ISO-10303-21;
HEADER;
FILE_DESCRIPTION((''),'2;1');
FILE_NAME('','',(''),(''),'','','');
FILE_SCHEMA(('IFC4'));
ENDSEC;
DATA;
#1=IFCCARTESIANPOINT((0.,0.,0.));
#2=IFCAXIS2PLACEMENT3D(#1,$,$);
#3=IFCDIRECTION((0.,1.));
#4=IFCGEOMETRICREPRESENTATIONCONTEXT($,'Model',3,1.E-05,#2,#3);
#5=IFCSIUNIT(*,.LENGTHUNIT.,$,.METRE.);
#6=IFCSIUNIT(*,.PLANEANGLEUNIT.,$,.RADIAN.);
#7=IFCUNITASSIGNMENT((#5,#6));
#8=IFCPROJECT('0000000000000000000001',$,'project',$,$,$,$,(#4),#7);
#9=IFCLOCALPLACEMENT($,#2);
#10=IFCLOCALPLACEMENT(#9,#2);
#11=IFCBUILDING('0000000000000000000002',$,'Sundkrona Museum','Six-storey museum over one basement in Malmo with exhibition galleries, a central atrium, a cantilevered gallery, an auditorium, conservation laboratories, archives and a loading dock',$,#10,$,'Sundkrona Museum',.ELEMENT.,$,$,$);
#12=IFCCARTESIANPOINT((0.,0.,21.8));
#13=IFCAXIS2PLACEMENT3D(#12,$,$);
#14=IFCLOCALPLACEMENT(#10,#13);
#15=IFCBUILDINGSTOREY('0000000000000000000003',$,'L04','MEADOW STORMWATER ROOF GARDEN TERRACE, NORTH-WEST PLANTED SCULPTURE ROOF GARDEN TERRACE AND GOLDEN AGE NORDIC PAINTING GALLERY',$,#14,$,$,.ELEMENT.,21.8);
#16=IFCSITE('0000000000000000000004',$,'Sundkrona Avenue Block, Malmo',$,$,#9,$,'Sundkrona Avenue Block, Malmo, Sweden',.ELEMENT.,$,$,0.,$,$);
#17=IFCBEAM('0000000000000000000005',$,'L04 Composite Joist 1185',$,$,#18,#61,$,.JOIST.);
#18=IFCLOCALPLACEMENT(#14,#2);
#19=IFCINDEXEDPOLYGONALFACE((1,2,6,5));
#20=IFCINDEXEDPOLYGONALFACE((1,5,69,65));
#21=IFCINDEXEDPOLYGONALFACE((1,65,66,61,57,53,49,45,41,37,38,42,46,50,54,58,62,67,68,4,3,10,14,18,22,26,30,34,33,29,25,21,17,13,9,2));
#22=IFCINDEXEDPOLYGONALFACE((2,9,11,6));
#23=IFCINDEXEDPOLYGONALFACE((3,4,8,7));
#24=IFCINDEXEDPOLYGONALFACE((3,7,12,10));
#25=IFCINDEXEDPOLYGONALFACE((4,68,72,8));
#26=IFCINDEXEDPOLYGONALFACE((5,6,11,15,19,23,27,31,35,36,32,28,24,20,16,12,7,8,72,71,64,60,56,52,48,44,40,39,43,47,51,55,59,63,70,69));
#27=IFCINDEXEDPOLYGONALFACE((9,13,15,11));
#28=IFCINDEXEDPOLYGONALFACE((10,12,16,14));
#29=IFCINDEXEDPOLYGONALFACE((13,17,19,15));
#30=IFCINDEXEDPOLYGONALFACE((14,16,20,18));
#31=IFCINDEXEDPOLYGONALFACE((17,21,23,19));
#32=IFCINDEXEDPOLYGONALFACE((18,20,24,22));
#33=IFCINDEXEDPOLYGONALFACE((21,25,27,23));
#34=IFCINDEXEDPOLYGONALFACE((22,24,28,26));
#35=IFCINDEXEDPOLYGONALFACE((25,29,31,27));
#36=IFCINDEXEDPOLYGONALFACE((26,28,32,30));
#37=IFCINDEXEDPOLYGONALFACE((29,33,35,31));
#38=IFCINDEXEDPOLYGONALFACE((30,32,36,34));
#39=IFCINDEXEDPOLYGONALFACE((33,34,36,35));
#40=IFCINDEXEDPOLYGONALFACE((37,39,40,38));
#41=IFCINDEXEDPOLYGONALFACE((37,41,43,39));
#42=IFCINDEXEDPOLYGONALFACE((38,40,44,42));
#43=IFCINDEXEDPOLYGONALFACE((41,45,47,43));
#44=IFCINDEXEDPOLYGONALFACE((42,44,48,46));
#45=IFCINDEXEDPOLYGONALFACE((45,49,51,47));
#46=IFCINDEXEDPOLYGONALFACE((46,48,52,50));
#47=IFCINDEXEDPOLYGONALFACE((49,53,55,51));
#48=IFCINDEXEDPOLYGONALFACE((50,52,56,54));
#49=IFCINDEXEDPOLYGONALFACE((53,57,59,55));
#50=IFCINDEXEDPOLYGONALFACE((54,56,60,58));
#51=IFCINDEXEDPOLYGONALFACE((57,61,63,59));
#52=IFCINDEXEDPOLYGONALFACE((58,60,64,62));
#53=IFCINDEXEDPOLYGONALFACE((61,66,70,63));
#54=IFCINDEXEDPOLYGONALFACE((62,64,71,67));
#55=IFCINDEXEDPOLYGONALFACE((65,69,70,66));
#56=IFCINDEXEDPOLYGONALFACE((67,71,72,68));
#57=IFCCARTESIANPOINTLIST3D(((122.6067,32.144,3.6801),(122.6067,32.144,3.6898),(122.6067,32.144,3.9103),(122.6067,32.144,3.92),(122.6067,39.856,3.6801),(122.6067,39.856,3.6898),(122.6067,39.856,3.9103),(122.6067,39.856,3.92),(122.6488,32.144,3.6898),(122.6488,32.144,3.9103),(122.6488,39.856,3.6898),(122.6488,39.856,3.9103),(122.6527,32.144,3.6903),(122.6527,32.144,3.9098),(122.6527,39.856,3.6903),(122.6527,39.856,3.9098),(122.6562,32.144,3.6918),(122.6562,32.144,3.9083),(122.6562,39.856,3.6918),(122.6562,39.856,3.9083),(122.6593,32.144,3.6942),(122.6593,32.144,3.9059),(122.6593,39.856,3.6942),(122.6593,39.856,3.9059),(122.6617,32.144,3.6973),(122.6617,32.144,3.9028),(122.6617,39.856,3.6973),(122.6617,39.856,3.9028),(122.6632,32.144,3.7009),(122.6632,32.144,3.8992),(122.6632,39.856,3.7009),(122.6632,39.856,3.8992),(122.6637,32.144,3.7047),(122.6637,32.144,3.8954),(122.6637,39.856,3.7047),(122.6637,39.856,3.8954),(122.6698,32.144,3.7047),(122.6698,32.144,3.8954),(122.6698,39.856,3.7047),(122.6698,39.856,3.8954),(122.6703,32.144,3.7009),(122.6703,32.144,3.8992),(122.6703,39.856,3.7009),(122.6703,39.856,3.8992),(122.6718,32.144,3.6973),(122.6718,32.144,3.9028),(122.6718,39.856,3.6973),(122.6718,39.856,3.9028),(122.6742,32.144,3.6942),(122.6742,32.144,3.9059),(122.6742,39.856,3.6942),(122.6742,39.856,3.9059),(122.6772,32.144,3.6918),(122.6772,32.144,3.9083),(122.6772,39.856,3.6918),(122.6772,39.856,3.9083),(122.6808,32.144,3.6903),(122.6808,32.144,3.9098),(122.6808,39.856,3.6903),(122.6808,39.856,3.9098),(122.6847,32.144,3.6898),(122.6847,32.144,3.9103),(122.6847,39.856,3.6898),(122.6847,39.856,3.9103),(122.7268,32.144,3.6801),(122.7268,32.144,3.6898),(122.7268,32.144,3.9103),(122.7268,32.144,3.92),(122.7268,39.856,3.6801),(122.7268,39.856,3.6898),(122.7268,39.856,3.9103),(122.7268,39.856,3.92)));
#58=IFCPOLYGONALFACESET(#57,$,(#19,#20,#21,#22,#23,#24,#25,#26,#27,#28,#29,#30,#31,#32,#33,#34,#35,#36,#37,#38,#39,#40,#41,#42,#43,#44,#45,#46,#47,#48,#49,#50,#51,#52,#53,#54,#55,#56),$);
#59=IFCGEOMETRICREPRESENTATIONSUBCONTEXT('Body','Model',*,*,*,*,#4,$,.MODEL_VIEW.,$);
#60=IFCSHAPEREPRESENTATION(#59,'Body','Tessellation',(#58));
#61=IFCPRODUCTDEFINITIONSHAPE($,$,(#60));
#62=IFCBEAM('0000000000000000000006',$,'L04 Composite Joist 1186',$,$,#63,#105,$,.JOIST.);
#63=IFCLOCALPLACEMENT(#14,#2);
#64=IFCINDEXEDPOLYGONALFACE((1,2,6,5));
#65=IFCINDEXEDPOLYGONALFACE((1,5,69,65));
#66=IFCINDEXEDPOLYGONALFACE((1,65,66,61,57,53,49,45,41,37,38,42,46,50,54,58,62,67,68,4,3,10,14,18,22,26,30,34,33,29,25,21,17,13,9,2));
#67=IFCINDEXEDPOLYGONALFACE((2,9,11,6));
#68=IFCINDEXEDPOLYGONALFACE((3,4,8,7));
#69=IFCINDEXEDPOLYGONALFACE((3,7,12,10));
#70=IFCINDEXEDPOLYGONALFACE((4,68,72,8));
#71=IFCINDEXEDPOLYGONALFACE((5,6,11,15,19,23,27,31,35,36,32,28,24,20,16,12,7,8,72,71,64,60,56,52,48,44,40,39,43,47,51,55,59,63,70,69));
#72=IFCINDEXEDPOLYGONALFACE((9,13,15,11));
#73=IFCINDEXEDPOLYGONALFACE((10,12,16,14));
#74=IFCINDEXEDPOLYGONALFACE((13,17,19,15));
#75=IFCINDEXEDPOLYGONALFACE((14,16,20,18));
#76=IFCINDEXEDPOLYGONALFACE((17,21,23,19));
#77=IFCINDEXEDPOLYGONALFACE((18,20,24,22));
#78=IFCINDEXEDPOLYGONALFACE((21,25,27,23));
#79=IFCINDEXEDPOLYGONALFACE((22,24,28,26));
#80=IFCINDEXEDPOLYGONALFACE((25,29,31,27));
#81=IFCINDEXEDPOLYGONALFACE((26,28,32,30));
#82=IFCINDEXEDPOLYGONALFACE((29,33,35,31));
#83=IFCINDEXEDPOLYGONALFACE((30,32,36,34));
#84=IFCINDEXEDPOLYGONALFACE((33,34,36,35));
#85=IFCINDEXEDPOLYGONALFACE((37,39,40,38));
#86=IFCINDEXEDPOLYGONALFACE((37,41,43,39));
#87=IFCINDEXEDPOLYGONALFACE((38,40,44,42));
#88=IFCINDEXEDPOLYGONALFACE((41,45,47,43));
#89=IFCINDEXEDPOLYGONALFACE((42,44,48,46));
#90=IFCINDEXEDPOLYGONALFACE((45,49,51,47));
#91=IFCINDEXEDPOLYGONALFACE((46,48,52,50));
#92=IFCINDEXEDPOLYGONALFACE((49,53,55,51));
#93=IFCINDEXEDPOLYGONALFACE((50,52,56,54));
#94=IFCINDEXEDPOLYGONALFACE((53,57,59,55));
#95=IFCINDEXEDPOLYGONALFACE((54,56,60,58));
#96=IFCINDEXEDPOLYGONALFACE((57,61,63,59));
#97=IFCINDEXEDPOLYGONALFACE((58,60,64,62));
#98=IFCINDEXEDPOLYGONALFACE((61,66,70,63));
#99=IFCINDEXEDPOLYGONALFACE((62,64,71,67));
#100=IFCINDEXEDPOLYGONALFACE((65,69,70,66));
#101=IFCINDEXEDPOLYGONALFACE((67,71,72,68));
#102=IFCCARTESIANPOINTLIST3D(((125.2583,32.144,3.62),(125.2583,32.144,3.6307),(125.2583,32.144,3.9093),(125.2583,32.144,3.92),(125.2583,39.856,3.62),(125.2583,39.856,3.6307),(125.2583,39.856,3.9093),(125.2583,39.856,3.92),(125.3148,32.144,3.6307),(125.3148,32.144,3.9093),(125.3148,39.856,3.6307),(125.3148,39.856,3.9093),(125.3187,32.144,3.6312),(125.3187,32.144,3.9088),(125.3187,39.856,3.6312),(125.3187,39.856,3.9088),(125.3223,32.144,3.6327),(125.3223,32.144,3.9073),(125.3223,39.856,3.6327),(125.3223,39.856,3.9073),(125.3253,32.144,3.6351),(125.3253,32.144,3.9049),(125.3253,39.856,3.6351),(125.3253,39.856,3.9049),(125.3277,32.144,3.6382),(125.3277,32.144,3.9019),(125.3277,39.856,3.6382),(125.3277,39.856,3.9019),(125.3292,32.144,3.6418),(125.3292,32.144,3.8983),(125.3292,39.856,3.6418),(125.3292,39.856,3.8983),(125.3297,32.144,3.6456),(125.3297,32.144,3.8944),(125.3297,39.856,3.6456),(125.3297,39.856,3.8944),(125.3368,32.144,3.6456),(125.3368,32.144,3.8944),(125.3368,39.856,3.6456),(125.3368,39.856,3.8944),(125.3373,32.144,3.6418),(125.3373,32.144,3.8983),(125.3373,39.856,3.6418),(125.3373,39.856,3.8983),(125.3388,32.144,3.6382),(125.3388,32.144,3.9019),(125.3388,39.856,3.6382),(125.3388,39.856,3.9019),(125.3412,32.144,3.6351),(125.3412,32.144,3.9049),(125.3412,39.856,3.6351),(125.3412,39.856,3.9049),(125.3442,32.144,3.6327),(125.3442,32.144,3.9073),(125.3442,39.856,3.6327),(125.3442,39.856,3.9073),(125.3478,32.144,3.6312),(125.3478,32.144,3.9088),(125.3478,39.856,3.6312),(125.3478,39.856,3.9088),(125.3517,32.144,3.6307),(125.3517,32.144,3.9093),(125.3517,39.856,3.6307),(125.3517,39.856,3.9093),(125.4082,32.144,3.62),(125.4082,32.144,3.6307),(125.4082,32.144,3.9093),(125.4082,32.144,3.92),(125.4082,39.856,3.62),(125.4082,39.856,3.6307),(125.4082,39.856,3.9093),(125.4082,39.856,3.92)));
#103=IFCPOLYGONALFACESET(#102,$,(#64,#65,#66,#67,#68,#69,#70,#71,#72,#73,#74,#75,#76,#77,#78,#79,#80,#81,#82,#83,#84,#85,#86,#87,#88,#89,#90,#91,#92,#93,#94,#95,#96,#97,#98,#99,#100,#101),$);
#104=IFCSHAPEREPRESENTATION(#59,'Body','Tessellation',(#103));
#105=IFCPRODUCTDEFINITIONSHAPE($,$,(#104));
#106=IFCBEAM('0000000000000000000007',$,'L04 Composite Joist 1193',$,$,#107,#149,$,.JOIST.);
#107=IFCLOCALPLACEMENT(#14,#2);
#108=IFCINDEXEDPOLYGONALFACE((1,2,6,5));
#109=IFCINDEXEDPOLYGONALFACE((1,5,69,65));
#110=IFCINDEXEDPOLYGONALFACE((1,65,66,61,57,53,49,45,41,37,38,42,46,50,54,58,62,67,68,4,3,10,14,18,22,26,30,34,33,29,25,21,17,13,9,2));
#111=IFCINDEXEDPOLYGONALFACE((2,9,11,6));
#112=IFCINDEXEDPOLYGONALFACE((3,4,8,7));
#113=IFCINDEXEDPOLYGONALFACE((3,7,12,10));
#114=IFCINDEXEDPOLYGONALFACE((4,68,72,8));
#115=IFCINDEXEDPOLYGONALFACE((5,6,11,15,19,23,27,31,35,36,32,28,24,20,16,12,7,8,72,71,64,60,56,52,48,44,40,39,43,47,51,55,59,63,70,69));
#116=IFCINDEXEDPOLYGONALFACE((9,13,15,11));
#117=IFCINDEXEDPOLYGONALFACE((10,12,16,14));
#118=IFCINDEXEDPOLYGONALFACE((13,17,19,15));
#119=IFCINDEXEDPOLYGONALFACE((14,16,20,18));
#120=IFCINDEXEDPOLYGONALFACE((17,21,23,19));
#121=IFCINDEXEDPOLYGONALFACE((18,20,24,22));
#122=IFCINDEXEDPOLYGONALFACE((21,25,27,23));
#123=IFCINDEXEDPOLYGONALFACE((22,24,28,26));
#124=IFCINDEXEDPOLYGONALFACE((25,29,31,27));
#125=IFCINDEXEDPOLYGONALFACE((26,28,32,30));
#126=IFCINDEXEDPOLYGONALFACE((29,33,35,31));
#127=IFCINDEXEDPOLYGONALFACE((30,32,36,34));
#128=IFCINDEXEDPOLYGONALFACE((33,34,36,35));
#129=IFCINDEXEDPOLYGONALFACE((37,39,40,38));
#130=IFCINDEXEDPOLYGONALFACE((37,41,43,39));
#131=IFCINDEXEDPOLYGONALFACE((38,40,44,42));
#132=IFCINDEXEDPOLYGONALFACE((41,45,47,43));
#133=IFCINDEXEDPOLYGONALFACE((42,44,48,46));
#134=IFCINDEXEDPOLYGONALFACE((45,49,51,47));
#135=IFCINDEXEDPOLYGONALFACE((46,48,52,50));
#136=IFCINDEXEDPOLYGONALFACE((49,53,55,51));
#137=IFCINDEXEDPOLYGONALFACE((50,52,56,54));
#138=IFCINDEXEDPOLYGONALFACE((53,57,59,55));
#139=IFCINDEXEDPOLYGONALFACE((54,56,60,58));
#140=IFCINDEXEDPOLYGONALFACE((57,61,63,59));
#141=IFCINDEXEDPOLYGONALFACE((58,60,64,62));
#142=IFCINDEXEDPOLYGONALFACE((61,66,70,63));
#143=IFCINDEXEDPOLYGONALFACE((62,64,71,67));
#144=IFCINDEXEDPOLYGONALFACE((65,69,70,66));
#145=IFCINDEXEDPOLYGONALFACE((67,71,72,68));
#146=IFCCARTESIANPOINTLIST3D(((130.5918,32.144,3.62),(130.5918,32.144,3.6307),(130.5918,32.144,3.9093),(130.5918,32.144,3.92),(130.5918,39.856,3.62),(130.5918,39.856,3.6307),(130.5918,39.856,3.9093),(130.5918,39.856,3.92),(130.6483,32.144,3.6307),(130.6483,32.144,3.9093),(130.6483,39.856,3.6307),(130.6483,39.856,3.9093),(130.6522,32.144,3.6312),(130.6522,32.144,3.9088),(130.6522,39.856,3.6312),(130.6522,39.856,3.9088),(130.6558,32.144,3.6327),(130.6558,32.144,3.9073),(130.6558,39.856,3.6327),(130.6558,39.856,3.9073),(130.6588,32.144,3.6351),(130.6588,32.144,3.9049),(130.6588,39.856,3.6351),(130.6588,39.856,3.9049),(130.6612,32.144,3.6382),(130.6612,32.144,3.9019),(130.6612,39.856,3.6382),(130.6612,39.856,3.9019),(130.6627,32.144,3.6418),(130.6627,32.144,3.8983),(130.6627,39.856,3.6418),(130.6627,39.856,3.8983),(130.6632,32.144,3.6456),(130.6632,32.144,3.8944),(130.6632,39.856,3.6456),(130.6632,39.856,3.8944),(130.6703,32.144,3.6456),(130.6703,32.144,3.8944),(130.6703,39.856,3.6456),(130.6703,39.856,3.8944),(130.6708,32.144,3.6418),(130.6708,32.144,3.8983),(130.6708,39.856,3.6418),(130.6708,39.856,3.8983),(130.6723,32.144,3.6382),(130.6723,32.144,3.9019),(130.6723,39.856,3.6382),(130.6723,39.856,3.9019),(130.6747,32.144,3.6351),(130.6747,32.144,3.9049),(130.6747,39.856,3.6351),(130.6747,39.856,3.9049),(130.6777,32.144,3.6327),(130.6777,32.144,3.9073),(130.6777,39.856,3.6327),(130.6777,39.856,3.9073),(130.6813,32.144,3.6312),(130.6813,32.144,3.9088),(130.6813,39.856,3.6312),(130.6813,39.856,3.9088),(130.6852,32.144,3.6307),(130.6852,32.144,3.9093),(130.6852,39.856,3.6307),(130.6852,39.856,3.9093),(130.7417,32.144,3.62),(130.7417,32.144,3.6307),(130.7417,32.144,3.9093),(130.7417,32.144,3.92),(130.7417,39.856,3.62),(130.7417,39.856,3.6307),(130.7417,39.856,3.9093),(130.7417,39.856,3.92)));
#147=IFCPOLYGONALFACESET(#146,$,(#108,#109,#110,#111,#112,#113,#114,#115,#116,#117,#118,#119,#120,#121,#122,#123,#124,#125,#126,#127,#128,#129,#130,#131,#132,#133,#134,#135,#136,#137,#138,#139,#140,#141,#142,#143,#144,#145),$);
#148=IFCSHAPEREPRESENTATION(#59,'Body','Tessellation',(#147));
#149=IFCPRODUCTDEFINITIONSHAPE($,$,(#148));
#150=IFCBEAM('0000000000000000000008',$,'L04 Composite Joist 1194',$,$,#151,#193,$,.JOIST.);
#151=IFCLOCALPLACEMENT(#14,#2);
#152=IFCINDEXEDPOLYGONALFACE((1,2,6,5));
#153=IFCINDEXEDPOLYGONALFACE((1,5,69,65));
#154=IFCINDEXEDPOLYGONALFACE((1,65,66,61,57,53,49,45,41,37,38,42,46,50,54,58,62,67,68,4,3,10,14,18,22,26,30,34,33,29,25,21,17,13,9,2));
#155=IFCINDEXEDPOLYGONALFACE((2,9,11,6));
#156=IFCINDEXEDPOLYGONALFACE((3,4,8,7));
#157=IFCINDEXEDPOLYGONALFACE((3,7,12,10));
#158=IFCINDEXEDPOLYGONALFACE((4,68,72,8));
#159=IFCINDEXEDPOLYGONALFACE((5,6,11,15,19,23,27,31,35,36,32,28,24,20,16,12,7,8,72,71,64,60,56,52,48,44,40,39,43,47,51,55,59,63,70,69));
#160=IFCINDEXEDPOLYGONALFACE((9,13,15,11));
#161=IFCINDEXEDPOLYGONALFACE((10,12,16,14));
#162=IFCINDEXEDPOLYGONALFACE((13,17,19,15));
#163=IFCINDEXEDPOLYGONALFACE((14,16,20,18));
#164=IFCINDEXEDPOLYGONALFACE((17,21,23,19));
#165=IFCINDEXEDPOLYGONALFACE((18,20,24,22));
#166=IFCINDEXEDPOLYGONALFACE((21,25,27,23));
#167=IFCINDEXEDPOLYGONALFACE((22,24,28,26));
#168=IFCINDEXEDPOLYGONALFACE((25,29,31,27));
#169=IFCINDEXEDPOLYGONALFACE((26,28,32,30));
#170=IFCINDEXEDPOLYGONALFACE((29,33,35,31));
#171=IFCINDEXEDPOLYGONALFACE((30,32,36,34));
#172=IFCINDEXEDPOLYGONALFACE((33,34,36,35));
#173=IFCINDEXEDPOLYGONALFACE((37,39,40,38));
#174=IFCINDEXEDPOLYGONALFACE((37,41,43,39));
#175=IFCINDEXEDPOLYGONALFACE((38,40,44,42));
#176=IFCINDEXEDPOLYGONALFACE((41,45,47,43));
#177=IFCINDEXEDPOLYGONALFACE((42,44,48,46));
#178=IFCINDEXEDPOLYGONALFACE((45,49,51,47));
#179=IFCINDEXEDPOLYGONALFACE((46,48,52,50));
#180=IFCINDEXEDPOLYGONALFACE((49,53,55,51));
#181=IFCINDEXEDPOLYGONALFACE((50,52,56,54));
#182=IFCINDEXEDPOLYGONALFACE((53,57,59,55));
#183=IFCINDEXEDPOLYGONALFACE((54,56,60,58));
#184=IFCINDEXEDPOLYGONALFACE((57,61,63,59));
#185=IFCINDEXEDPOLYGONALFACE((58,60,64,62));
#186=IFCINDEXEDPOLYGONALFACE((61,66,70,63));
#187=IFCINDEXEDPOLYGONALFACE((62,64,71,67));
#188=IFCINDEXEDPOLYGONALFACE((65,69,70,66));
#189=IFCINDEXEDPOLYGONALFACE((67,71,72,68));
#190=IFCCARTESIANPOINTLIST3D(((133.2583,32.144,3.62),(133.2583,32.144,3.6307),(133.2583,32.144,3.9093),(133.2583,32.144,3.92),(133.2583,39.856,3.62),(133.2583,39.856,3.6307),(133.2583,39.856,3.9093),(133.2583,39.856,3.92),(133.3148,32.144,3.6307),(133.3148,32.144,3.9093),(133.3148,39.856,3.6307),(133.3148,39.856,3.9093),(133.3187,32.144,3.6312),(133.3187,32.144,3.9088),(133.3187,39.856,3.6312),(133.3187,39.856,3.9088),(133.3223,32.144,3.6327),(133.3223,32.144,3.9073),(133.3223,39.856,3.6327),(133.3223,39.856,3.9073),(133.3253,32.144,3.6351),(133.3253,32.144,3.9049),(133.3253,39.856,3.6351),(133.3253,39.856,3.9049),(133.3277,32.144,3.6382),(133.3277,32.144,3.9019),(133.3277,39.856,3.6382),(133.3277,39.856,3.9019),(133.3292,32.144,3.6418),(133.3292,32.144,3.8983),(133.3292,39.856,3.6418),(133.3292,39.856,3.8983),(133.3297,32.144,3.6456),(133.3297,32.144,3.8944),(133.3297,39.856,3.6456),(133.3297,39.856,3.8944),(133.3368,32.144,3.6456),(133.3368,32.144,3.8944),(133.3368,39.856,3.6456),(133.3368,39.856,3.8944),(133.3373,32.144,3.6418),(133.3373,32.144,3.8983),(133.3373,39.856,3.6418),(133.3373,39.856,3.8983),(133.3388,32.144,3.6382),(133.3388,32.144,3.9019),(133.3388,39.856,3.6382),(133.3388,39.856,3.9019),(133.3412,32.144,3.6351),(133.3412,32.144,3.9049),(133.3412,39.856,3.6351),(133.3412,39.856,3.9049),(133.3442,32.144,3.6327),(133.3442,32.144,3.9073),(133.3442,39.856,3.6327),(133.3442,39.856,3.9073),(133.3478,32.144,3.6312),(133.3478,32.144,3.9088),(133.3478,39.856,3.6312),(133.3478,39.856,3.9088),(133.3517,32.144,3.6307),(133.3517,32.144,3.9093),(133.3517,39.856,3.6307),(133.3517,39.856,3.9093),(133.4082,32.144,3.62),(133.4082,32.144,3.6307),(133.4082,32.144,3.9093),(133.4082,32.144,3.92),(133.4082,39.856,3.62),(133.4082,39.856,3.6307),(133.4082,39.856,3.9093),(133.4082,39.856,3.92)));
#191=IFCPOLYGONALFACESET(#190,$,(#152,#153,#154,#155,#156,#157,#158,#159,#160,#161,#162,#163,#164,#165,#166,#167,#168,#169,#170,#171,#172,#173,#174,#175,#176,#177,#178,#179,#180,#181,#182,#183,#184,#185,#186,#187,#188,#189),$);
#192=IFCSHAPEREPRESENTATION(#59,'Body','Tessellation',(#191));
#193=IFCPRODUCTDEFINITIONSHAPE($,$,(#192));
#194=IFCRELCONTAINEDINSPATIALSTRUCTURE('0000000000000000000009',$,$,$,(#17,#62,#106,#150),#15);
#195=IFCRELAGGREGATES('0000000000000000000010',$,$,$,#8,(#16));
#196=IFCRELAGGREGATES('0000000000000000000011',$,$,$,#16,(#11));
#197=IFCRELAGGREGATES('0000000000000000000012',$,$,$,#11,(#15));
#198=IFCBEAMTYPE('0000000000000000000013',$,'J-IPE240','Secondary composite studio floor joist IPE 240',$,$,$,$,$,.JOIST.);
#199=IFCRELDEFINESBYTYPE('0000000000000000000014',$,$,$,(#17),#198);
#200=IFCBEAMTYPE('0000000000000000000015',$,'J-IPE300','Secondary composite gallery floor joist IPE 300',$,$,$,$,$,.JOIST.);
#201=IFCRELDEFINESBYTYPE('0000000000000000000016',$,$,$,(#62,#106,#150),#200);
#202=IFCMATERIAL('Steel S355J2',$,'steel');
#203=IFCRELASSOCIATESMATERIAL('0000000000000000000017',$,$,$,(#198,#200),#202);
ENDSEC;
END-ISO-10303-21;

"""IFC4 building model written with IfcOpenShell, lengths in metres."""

from ifc_helpers import new_model, si_unit, direction, frame, origin, origin_2d, place, context, subcontext, project, spatial, i_section, extrude, material, material_profile, profile_set, type_object, element, save


model = new_model("IFC4")

# Units and contexts
model_context = context("Model", 3, precision=1e-05, world=origin(), true_north=direction((0.0, 1.0)))
body_context = subcontext(model_context, "Body", "Model", "MODEL_VIEW")
ifc_project = project(units=[si_unit("LENGTHUNIT", "METRE"), si_unit("PLANEANGLEUNIT", "RADIAN")], contexts=[model_context])

# Site, building, storey
site_placement = place(None, origin())
site = spatial("IfcSite", under=ifc_project, at=site_placement, Name="Sundkrona Avenue Block, Malmo", LongName="Sundkrona Avenue Block, Malmo, Sweden", CompositionType="ELEMENT", RefElevation=0.0)
building_placement = place(site_placement, origin())
building = spatial("IfcBuilding", under=site, at=building_placement, Name="Sundkrona Museum", Description="Six-storey museum over one basement in Malmo with exhibition galleries, a central atrium, a cantilevered gallery, an auditorium, conservation laboratories, archives and a loading dock", LongName="Sundkrona Museum", CompositionType="ELEMENT")
storey_placement = place(building_placement, frame((0.0, 0.0, 21.8)))
storey = spatial("IfcBuildingStorey", under=building, at=storey_placement, Name="L04", Description="MEADOW STORMWATER ROOF GARDEN TERRACE, NORTH-WEST PLANTED SCULPTURE ROOF GARDEN TERRACE AND GOLDEN AGE NORDIC PAINTING GALLERY", CompositionType="ELEMENT", Elevation=21.8)

# Shared definitions
ifc_material_1 = material(Name="Steel S355J2", Category="steel")

# Beams
ifc_material_profile_1 = material_profile(ifc_material_1, i_section(OverallWidth=0.1201, OverallDepth=0.24, WebThickness=0.0061, FlangeThickness=0.0098, FilletRadius=0.0149, at=origin_2d()), Name="IPE 240")
ifc_profile_set_1 = profile_set([ifc_material_profile_1], Name="Steel S355J2")
beam_type_1 = type_object("IfcBeamType", Name="J-IPE240", Description="Secondary composite studio floor joist IPE 240", PredefinedType="JOIST", material=ifc_profile_set_1)
beam_1_placement = place(storey_placement, frame((122.6667, 32.144, 3.8), z_axis=(0.0, 1.0, 0.0), x_axis=(-1.0, 0.0, 0.0)))
element("IfcBeam", 1, at=beam_1_placement, inside=storey, type_object=beam_type_1, Name="L04 Composite Joist 1185", PredefinedType="JOIST", context=body_context, shape_type="SweptSolid", body=[
    extrude(i_section(OverallWidth=0.1201, OverallDepth=0.24, WebThickness=0.0061, FlangeThickness=0.0098, FilletRadius=0.0149, at=origin_2d()), origin(), (0.0, 0.0, 1.0), 7.7119),
])
ifc_material_profile_2 = material_profile(ifc_material_1, i_section(OverallWidth=0.1499, OverallDepth=0.3, WebThickness=0.0071, FlangeThickness=0.0107, FilletRadius=0.0149, at=origin_2d()), Name="IPE 300")
ifc_profile_set_2 = profile_set([ifc_material_profile_2], Name="Steel S355J2")
beam_type_2 = type_object("IfcBeamType", Name="J-IPE300", Description="Secondary composite gallery floor joist IPE 300", PredefinedType="JOIST", material=ifc_profile_set_2)
for number, where, z_axis, x_axis, name in (
    (2, (125.3333, 32.144, 3.77), (0.0, 1.0, 0.0), (-1.0, 0.0, 0.0), "L04 Composite Joist 1186"),
    (3, (130.6667, 32.144, 3.77), (0.0, 1.0, 0.0), (-1.0, 0.0, 0.0), "L04 Composite Joist 1193"),
    (4, (133.3333, 32.144, 3.77), (0.0, 1.0, 0.0), (-1.0, 0.0, 0.0), "L04 Composite Joist 1194"),
):
    element("IfcBeam", number, at=place(storey_placement, frame(where, z_axis=z_axis, x_axis=x_axis)), inside=storey, type_object=beam_type_2, Name=name, PredefinedType="JOIST", context=body_context, shape_type="SweptSolid", body=[
        extrude(i_section(OverallWidth=0.1499, OverallDepth=0.3, WebThickness=0.0071, FlangeThickness=0.0107, FilletRadius=0.0149, at=origin_2d()), origin(), (0.0, 0.0, 1.0), 7.7119),
    ])

save(model, "model.ifc")
